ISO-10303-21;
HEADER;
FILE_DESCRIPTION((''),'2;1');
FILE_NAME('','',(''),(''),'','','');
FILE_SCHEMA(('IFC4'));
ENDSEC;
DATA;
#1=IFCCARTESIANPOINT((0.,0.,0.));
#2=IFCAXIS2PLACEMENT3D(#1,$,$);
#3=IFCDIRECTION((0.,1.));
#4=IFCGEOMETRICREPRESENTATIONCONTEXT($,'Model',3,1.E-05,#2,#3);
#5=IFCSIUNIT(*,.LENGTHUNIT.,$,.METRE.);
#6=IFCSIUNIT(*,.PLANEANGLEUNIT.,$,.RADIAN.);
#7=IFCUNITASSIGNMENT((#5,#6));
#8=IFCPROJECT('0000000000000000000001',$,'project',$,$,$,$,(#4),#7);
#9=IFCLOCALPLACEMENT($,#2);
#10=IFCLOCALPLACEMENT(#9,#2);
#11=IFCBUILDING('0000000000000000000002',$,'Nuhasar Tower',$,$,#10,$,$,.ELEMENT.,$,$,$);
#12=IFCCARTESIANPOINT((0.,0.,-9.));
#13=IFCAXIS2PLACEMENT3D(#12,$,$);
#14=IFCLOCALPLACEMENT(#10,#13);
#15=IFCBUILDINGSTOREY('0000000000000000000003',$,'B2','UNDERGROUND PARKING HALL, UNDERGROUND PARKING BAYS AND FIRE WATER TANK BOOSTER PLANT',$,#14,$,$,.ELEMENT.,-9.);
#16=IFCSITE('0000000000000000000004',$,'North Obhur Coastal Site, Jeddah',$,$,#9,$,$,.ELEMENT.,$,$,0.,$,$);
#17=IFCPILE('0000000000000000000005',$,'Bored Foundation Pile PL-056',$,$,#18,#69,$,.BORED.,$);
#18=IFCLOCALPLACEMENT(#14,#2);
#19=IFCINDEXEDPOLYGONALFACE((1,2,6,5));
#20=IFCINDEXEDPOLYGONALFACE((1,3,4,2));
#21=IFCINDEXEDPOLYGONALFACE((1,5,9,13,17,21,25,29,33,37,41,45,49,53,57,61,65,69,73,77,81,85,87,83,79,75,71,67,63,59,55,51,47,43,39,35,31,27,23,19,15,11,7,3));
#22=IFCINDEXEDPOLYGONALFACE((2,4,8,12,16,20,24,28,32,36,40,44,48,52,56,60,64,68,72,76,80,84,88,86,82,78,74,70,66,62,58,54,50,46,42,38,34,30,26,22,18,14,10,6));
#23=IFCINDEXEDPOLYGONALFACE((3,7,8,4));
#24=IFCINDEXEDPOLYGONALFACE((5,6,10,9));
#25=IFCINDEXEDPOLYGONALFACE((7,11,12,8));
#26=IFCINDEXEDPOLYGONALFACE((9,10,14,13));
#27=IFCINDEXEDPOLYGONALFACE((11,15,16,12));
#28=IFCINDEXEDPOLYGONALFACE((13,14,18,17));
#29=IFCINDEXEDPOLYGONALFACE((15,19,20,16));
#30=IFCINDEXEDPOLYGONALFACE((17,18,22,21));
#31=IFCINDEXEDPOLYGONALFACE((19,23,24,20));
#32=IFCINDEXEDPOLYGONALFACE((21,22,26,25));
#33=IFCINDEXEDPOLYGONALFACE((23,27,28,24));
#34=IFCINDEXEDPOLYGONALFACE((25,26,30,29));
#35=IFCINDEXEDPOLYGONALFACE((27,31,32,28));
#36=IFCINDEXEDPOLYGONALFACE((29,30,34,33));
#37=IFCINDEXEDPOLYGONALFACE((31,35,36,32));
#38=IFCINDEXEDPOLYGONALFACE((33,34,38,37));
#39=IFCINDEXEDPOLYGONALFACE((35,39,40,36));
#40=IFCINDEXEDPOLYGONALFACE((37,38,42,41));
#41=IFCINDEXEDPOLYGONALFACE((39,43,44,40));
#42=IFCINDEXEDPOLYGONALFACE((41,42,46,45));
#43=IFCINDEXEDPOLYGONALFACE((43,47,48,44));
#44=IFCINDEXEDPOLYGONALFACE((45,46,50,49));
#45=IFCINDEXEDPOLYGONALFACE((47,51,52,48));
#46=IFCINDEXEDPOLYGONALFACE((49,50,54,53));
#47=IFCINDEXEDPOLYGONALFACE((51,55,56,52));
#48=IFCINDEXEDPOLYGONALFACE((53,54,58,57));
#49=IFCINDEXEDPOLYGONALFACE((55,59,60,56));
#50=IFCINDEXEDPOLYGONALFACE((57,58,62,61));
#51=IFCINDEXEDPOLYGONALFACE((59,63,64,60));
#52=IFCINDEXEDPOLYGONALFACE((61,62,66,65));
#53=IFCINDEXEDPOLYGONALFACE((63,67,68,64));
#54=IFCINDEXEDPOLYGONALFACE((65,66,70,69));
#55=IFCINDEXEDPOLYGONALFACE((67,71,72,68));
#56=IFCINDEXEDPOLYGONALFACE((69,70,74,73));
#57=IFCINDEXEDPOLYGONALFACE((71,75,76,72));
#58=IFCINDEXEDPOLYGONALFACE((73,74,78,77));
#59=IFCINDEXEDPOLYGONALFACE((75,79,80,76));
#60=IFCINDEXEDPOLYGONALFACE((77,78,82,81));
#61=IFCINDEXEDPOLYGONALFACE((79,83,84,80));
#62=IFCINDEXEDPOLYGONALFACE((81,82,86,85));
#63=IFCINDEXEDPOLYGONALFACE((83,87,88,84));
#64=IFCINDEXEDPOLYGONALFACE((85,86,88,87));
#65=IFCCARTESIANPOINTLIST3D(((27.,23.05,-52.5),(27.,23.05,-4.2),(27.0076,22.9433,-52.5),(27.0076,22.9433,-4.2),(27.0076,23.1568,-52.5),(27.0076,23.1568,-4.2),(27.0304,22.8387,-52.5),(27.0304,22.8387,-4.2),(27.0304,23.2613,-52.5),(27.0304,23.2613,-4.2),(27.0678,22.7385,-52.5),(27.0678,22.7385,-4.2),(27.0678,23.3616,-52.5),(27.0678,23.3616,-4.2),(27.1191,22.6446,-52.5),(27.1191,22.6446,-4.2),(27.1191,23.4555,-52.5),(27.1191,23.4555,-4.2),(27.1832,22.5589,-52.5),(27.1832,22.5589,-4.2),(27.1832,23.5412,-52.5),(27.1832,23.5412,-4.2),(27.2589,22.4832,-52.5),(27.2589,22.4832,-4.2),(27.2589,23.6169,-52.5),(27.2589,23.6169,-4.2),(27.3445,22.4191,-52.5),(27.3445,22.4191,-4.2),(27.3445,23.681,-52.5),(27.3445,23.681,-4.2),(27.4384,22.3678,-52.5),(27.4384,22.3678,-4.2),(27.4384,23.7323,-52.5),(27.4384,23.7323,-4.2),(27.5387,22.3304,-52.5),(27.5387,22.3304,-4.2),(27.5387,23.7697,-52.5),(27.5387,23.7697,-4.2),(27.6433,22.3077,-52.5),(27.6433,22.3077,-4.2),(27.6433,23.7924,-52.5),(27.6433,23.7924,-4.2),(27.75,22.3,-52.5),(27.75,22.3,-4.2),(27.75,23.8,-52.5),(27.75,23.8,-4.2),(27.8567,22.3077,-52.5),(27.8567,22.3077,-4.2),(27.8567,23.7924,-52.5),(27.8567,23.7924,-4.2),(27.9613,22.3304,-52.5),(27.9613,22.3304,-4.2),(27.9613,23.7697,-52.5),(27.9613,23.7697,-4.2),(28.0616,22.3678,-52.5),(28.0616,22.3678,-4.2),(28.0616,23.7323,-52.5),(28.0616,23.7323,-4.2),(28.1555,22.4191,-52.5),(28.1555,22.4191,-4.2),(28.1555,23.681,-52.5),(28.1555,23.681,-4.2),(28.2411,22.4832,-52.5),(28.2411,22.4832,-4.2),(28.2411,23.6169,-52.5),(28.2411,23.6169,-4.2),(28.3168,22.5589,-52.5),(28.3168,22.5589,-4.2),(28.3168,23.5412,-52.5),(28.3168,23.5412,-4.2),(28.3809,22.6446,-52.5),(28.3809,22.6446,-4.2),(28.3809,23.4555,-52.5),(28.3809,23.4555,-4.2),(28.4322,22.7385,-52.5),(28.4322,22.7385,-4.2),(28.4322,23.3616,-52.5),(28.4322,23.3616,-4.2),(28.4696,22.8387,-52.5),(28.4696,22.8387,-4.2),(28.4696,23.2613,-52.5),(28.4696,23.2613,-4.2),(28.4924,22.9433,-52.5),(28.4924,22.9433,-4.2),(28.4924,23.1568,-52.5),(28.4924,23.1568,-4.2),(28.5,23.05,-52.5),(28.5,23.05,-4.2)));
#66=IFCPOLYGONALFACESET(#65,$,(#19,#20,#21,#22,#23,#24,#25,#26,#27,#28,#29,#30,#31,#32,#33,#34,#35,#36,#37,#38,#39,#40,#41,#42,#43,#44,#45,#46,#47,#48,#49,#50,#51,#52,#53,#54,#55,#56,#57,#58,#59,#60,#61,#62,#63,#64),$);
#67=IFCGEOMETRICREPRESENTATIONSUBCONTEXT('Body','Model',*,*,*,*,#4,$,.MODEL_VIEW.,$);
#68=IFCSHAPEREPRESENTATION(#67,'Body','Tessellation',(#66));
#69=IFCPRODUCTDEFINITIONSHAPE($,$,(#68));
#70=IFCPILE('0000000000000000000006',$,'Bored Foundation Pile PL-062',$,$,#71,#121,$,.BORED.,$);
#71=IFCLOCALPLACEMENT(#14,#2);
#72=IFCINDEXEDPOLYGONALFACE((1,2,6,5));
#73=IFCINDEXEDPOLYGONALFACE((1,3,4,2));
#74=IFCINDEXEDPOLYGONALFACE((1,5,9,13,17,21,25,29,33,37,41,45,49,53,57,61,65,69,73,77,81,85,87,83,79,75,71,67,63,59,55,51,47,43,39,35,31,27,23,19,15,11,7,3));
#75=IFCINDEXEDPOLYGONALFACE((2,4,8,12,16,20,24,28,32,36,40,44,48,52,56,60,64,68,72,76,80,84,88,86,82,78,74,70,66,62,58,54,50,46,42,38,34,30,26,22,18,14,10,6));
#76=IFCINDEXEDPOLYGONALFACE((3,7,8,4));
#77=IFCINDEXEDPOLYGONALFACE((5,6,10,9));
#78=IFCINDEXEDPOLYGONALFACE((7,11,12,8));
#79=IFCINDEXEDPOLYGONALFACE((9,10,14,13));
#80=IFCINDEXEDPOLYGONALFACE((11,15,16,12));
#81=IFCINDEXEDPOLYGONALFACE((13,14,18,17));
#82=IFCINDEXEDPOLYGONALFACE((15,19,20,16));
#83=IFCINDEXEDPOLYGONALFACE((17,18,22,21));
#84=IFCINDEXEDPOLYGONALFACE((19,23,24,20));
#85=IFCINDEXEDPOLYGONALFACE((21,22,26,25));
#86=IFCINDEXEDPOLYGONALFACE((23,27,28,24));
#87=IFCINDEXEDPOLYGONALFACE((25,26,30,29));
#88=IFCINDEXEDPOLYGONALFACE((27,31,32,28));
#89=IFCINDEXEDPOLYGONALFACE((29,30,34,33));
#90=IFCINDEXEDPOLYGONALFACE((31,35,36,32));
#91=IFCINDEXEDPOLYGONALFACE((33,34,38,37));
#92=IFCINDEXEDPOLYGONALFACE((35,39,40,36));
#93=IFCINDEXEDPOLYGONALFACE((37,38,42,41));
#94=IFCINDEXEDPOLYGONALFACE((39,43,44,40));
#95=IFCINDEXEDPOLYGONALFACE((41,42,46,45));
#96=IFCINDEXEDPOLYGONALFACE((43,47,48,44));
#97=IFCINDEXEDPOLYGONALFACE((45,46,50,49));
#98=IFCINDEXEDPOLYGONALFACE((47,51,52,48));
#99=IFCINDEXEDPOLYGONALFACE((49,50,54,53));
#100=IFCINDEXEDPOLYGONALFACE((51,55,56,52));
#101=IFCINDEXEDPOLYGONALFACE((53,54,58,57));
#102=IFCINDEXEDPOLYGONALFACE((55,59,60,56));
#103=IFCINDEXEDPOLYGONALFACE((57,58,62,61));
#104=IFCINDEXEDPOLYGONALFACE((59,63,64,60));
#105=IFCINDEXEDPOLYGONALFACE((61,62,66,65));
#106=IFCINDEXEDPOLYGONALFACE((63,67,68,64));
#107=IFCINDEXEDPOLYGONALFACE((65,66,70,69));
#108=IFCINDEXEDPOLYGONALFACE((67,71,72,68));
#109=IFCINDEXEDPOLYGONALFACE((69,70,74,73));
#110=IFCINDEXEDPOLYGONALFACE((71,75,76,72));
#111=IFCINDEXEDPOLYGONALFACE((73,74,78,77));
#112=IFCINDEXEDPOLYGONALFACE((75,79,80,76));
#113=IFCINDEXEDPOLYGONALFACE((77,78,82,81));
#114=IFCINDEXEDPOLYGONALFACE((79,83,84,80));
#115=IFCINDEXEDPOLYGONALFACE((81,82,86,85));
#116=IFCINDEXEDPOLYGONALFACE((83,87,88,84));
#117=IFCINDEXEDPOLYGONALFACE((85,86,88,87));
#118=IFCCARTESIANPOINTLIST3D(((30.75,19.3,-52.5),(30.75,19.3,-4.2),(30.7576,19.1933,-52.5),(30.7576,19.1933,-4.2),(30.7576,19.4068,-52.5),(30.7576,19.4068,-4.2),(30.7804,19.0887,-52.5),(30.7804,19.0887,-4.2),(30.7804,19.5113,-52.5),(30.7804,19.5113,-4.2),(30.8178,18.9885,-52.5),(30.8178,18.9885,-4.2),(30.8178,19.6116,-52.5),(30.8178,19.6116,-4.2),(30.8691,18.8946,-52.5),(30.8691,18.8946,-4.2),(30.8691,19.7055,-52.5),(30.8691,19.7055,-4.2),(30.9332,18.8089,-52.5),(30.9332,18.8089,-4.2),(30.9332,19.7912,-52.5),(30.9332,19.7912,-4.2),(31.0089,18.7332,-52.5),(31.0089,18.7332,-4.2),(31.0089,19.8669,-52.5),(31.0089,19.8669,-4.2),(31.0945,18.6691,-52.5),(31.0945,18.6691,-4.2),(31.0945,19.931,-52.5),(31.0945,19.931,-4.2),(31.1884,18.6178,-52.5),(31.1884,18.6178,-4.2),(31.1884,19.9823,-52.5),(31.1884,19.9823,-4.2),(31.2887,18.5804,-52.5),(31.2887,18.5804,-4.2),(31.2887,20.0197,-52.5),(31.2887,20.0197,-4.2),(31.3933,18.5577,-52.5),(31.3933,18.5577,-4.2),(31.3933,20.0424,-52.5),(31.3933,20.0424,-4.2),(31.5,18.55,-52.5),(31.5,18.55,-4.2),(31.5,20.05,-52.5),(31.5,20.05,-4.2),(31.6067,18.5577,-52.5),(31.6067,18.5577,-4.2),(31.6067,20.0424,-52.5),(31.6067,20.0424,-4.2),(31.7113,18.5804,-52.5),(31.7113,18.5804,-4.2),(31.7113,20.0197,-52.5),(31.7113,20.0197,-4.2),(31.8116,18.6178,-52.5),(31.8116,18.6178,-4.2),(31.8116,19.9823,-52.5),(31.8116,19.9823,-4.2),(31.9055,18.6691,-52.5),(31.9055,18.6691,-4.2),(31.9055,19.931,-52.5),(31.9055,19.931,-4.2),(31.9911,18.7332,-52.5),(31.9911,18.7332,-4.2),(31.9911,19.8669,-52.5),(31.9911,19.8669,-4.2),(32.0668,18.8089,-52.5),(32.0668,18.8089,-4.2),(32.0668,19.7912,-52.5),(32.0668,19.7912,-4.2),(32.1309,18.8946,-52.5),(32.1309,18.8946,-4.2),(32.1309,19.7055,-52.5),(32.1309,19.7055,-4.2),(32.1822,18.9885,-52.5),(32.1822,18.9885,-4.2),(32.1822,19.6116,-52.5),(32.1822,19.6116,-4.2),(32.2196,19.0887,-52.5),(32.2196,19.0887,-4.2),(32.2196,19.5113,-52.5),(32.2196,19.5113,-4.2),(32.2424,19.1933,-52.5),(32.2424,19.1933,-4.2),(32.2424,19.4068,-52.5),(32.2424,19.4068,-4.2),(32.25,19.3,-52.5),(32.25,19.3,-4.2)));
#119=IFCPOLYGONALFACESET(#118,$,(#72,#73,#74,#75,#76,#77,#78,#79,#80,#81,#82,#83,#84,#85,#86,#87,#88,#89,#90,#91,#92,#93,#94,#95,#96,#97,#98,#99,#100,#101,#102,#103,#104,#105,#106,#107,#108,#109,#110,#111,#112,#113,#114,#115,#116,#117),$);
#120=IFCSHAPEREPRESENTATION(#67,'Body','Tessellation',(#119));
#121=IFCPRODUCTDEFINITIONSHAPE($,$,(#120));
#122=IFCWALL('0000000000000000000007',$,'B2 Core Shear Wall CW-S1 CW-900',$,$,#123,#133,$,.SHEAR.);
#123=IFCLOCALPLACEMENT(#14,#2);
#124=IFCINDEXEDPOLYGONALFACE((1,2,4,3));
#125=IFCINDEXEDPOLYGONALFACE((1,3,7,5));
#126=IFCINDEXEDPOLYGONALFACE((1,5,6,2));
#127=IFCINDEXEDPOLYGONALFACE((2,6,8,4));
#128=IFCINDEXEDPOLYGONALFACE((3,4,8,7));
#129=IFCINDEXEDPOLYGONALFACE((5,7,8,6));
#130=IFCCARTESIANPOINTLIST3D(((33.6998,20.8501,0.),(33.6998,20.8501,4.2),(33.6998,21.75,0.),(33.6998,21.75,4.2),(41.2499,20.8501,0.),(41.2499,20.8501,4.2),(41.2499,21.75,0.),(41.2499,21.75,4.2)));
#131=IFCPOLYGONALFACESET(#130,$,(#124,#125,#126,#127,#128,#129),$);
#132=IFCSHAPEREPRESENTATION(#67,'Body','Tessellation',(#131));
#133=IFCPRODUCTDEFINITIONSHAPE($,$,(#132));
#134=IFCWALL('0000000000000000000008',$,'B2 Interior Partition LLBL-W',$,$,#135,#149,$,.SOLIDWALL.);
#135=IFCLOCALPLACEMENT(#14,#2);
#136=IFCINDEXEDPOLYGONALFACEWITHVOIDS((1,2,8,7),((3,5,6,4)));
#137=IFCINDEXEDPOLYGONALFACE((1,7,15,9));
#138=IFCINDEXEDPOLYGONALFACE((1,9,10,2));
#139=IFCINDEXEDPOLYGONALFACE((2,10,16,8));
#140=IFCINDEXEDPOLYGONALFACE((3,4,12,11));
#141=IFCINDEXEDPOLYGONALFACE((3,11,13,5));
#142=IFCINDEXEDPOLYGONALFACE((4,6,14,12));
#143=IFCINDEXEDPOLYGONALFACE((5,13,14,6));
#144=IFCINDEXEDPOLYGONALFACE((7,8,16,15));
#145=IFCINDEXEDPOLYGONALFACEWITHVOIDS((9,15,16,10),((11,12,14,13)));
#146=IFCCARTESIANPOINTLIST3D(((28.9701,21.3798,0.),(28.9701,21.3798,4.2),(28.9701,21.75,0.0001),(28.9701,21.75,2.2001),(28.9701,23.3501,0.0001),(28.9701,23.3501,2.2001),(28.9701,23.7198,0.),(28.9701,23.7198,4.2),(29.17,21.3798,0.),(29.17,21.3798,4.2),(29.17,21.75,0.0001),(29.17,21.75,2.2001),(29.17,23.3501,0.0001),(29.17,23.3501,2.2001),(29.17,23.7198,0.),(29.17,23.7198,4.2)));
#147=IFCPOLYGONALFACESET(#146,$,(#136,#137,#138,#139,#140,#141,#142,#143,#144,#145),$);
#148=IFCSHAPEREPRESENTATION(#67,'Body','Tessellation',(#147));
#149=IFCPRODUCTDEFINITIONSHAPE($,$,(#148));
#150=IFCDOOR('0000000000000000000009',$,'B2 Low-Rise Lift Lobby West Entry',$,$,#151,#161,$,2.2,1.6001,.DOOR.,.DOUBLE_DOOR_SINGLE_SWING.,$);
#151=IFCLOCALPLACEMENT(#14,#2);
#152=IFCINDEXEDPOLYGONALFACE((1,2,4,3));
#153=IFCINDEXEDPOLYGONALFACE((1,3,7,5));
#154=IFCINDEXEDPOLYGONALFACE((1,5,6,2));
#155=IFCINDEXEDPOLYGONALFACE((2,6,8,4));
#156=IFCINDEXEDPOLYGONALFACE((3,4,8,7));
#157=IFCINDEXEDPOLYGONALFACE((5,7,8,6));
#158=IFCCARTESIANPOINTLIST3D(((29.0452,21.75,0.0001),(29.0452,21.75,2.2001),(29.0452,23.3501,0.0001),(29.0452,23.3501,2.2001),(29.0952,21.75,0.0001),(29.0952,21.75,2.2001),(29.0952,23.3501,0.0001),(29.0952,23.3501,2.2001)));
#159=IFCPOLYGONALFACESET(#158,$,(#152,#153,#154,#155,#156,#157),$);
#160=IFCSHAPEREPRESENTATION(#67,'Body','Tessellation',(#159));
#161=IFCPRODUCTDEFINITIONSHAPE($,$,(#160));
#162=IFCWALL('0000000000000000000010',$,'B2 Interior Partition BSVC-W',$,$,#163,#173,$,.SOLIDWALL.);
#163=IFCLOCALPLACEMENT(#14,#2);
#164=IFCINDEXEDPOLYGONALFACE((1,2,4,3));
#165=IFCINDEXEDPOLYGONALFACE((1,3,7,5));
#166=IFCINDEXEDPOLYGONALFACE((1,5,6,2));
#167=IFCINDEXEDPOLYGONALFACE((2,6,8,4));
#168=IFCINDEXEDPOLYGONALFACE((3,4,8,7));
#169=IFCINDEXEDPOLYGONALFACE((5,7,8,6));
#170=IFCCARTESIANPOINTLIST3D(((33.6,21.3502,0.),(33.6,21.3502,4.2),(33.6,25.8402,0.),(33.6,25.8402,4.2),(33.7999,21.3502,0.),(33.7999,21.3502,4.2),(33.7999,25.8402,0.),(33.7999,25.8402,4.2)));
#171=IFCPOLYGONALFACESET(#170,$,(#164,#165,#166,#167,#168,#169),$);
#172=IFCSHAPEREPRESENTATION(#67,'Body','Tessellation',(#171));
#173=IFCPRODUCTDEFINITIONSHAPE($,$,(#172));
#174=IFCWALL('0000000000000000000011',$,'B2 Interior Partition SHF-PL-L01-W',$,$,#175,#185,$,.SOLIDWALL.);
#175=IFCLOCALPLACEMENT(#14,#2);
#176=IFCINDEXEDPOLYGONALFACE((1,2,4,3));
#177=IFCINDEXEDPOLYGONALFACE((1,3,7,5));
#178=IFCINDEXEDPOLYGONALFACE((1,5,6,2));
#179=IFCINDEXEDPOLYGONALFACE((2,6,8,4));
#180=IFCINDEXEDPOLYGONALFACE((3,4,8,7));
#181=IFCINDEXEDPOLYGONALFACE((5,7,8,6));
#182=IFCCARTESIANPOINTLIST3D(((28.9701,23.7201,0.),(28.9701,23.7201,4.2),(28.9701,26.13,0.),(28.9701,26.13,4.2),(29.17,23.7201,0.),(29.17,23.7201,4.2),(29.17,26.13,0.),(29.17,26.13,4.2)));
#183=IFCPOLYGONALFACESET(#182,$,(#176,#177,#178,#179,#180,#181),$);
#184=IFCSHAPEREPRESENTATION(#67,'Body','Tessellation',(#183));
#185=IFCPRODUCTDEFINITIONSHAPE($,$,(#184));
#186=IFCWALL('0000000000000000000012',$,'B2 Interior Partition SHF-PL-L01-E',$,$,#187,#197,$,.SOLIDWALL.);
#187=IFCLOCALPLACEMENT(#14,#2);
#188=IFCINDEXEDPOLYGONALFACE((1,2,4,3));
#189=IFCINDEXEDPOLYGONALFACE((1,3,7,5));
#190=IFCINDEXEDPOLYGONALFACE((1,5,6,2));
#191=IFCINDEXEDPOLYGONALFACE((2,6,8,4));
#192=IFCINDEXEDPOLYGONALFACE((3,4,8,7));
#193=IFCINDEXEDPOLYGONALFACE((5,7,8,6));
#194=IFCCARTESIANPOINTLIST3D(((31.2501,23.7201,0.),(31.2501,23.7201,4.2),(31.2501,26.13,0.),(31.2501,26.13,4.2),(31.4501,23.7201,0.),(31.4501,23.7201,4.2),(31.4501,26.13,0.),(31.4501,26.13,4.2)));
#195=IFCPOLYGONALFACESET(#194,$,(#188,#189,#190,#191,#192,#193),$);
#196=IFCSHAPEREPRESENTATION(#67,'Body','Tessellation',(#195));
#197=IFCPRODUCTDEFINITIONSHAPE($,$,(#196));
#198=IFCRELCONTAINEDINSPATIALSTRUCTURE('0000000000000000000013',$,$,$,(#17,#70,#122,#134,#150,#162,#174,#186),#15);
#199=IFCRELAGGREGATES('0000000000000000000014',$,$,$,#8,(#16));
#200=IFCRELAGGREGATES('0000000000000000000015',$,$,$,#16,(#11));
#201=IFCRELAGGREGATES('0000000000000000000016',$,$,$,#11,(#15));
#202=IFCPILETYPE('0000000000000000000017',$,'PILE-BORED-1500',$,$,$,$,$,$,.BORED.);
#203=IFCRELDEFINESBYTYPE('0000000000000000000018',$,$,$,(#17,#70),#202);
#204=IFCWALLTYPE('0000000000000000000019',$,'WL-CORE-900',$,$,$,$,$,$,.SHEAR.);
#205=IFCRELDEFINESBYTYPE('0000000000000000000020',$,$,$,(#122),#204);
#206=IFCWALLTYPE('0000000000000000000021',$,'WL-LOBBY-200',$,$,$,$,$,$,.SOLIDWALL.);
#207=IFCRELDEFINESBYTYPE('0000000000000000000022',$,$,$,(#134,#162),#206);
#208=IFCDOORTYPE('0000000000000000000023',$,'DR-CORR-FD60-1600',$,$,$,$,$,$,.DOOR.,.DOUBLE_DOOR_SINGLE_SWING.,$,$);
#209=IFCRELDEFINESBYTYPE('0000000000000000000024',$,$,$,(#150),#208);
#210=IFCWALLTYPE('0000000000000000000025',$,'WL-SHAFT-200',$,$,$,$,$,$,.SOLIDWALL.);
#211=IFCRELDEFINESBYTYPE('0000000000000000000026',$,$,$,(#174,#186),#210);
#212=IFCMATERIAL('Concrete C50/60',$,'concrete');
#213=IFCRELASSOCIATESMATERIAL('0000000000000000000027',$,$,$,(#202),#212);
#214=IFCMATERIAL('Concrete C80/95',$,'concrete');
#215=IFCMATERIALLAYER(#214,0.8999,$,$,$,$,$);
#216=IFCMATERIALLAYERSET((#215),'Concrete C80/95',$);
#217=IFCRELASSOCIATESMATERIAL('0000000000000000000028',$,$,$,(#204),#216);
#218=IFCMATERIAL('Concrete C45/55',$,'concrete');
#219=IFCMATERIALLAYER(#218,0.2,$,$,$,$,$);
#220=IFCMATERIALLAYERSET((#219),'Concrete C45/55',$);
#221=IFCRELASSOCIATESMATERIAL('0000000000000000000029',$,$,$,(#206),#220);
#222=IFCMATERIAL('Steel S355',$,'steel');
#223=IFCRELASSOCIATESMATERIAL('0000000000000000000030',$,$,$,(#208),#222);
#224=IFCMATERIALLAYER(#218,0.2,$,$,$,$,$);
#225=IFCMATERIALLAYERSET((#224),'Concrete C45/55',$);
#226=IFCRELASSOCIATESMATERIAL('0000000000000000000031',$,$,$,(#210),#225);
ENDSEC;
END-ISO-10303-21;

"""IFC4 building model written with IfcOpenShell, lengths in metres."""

from ifc_helpers import new_model, si_unit, direction, frame, frame_2d, origin, origin_2d, place, context, subcontext, project, spatial, rectangle, circle, extrude, material, layer, layer_set, material_profile, profile_set, type_object, element, fill, save


model = new_model("IFC4")

# Units and contexts
model_context = context("Model", 3, precision=1e-05, world=origin(), true_north=direction((0.0, 1.0)))
body_context = subcontext(model_context, "Body", "Model", "MODEL_VIEW")
ifc_project = project(units=[si_unit("LENGTHUNIT", "METRE"), si_unit("PLANEANGLEUNIT", "RADIAN")], contexts=[model_context])

# Site, building, storey
site_placement = place(None, origin())
site = spatial("IfcSite", under=ifc_project, at=site_placement, Name="North Obhur Coastal Site, Jeddah", CompositionType="ELEMENT", RefElevation=0.0)
building_placement = place(site_placement, origin())
building = spatial("IfcBuilding", under=site, at=building_placement, Name="Nuhasar Tower", CompositionType="ELEMENT")
storey_placement = place(building_placement, frame((0.0, 0.0, -9.0)))
storey = spatial("IfcBuildingStorey", under=building, at=storey_placement, Name="B2", Description="UNDERGROUND PARKING HALL, UNDERGROUND PARKING BAYS AND FIRE WATER TANK BOOSTER PLANT", CompositionType="ELEMENT", Elevation=-9.0)

# Piles
ifc_material_1 = material(Name="Concrete C50/60", Category="concrete")
ifc_material_profile = material_profile(ifc_material_1, circle(Radius=0.75, at=origin_2d()), Name="PILE1500")
ifc_profile_set = profile_set([ifc_material_profile], Name="Concrete C50/60")
pile_type = type_object("IfcPileType", Name="PILE-BORED-1500", PredefinedType="BORED", material=ifc_profile_set)
for number, where, z_axis, x_axis, name in (
    (1, (27.75, 23.05, -4.2), (0.0, 0.0, -1.0), (1.0, 0.0, 0.0), "Bored Foundation Pile PL-056"),
    (2, (31.5, 19.3, -4.2), (0.0, 0.0, -1.0), (1.0, 0.0, 0.0), "Bored Foundation Pile PL-062"),
):
    element("IfcPile", number, at=place(storey_placement, frame(where, z_axis=z_axis, x_axis=x_axis)), inside=storey, type_object=pile_type, Name=name, PredefinedType="BORED", context=body_context, shape_type="SweptSolid", body=[
        extrude(circle(Radius=0.75, at=origin_2d()), origin(), (0.0, 0.0, 1.0), 48.3),
    ])

# Wall
ifc_material_2 = material(Name="Concrete C80/95", Category="concrete")
ifc_layer_1 = layer(ifc_material_2, 0.8999)
ifc_layer_set_1 = layer_set([ifc_layer_1], Name="Concrete C80/95")
wall_type_1 = type_object("IfcWallType", Name="WL-CORE-900", PredefinedType="SHEAR", material=ifc_layer_set_1)
wall_1_placement = place(storey_placement, frame((33.7, 21.3, 0.0), z_axis=(0.0, 0.0, 1.0), x_axis=(1.0, 0.0, 0.0)))
element("IfcWall", 3, at=wall_1_placement, inside=storey, type_object=wall_type_1, Name="B2 Core Shear Wall CW-S1 CW-900", PredefinedType="SHEAR", context=body_context, shape_type="SweptSolid", body=[
    extrude(rectangle(XDim=7.55, YDim=0.8999, at=frame_2d((3.7749, 0.0))), origin(), (0.0, 0.0, 1.0), 4.2),
])

# Wall, opening, door
ifc_material_3 = material(Name="Concrete C45/55", Category="concrete")
ifc_layer_2 = layer(ifc_material_3, 0.2)
ifc_layer_set_2 = layer_set([ifc_layer_2], Name="Concrete C45/55")
wall_type_2 = type_object("IfcWallType", Name="WL-LOBBY-200", PredefinedType="SOLIDWALL", material=ifc_layer_set_2)
wall_2_placement = place(storey_placement, frame((29.0701, 21.3799, 0.0), z_axis=(0.0, 0.0, 1.0), x_axis=(0.0, 1.0, 0.0)))
wall_2 = element("IfcWall", 4, at=wall_2_placement, inside=storey, type_object=wall_type_2, Name="B2 Interior Partition LLBL-W", PredefinedType="SOLIDWALL", context=body_context, shape_type="SweptSolid", body=[
    extrude(rectangle(XDim=2.3401, YDim=0.2, at=frame_2d((1.1699, 0.0))), origin(), (0.0, 0.0, 1.0), 4.2),
])
opening_1_placement = place(wall_2_placement, frame((0.3701, 0.0, 0.0)))
opening_1 = element("IfcOpeningElement", 5, at=opening_1_placement, cuts=wall_2, PredefinedType="OPENING", context=body_context, shape_type="SweptSolid", body=[
    extrude(rectangle(XDim=1.6001, YDim=2.2, at=frame_2d((0.8, 1.1001))), frame((0.0, 0.1099, 0.0), z_axis=(0.0, -1.0, 0.0), x_axis=(1.0, 0.0, 0.0)), (0.0, 0.0, 1.0), 0.22),
])
ifc_material_4 = material(Name="Steel S355", Category="steel")
door_type_1 = type_object("IfcDoorType", Name="DR-CORR-FD60-1600", OperationType="DOUBLE_DOOR_SINGLE_SWING", PredefinedType="DOOR", material=ifc_material_4)
door_1_placement = place(opening_1_placement, origin())
door_1 = element("IfcDoor", 6, at=door_1_placement, inside=storey, type_object=door_type_1, Name="B2 Low-Rise Lift Lobby West Entry", OperationType="DOUBLE_DOOR_SINGLE_SWING", OverallHeight=2.2, OverallWidth=1.6001, PredefinedType="DOOR", context=body_context, shape_type="SweptSolid", body=[
    extrude(rectangle(XDim=1.6001, YDim=2.2, at=frame_2d((0.8, 1.1001))), frame((0.0, 0.0249, 0.0), z_axis=(0.0, -1.0, 0.0), x_axis=(1.0, 0.0, 0.0)), (0.0, 0.0, 1.0), 0.05),
])
fill(opening_1, door_1)

# Wall
wall_3_placement = place(storey_placement, frame((33.7, 21.3501, 0.0), z_axis=(0.0, 0.0, 1.0), x_axis=(0.0, 1.0, 0.0)))
element("IfcWall", 7, at=wall_3_placement, inside=storey, type_object=wall_type_2, Name="B2 Interior Partition BSVC-W", PredefinedType="SOLIDWALL", context=body_context, shape_type="SweptSolid", body=[
    extrude(rectangle(XDim=4.49, YDim=0.2, at=frame_2d((2.2451, 0.0))), origin(), (0.0, 0.0, 1.0), 4.2),
])

# Shared definitions
ifc_layer_3 = layer(ifc_material_3, 0.2)
ifc_layer_set_3 = layer_set([ifc_layer_3], Name="Concrete C45/55")
wall_type_3 = type_object("IfcWallType", Name="WL-SHAFT-200", PredefinedType="SOLIDWALL", material=ifc_layer_set_3)

# Walls
for number, where, z_axis, x_axis, name in (
    (8, (29.0701, 23.72, 0.0), (0.0, 0.0, 1.0), (0.0, 1.0, 0.0), "B2 Interior Partition SHF-PL-L01-W"),
    (9, (31.3501, 23.72, 0.0), (0.0, 0.0, 1.0), (0.0, 1.0, 0.0), "B2 Interior Partition SHF-PL-L01-E"),
):
    element("IfcWall", number, at=place(storey_placement, frame(where, z_axis=z_axis, x_axis=x_axis)), inside=storey, type_object=wall_type_3, Name=name, PredefinedType="SOLIDWALL", context=body_context, shape_type="SweptSolid", body=[
        extrude(rectangle(XDim=2.4099, YDim=0.2, at=frame_2d((1.2051, 0.0))), origin(), (0.0, 0.0, 1.0), 4.2),
    ])

save(model, "model.ifc")
